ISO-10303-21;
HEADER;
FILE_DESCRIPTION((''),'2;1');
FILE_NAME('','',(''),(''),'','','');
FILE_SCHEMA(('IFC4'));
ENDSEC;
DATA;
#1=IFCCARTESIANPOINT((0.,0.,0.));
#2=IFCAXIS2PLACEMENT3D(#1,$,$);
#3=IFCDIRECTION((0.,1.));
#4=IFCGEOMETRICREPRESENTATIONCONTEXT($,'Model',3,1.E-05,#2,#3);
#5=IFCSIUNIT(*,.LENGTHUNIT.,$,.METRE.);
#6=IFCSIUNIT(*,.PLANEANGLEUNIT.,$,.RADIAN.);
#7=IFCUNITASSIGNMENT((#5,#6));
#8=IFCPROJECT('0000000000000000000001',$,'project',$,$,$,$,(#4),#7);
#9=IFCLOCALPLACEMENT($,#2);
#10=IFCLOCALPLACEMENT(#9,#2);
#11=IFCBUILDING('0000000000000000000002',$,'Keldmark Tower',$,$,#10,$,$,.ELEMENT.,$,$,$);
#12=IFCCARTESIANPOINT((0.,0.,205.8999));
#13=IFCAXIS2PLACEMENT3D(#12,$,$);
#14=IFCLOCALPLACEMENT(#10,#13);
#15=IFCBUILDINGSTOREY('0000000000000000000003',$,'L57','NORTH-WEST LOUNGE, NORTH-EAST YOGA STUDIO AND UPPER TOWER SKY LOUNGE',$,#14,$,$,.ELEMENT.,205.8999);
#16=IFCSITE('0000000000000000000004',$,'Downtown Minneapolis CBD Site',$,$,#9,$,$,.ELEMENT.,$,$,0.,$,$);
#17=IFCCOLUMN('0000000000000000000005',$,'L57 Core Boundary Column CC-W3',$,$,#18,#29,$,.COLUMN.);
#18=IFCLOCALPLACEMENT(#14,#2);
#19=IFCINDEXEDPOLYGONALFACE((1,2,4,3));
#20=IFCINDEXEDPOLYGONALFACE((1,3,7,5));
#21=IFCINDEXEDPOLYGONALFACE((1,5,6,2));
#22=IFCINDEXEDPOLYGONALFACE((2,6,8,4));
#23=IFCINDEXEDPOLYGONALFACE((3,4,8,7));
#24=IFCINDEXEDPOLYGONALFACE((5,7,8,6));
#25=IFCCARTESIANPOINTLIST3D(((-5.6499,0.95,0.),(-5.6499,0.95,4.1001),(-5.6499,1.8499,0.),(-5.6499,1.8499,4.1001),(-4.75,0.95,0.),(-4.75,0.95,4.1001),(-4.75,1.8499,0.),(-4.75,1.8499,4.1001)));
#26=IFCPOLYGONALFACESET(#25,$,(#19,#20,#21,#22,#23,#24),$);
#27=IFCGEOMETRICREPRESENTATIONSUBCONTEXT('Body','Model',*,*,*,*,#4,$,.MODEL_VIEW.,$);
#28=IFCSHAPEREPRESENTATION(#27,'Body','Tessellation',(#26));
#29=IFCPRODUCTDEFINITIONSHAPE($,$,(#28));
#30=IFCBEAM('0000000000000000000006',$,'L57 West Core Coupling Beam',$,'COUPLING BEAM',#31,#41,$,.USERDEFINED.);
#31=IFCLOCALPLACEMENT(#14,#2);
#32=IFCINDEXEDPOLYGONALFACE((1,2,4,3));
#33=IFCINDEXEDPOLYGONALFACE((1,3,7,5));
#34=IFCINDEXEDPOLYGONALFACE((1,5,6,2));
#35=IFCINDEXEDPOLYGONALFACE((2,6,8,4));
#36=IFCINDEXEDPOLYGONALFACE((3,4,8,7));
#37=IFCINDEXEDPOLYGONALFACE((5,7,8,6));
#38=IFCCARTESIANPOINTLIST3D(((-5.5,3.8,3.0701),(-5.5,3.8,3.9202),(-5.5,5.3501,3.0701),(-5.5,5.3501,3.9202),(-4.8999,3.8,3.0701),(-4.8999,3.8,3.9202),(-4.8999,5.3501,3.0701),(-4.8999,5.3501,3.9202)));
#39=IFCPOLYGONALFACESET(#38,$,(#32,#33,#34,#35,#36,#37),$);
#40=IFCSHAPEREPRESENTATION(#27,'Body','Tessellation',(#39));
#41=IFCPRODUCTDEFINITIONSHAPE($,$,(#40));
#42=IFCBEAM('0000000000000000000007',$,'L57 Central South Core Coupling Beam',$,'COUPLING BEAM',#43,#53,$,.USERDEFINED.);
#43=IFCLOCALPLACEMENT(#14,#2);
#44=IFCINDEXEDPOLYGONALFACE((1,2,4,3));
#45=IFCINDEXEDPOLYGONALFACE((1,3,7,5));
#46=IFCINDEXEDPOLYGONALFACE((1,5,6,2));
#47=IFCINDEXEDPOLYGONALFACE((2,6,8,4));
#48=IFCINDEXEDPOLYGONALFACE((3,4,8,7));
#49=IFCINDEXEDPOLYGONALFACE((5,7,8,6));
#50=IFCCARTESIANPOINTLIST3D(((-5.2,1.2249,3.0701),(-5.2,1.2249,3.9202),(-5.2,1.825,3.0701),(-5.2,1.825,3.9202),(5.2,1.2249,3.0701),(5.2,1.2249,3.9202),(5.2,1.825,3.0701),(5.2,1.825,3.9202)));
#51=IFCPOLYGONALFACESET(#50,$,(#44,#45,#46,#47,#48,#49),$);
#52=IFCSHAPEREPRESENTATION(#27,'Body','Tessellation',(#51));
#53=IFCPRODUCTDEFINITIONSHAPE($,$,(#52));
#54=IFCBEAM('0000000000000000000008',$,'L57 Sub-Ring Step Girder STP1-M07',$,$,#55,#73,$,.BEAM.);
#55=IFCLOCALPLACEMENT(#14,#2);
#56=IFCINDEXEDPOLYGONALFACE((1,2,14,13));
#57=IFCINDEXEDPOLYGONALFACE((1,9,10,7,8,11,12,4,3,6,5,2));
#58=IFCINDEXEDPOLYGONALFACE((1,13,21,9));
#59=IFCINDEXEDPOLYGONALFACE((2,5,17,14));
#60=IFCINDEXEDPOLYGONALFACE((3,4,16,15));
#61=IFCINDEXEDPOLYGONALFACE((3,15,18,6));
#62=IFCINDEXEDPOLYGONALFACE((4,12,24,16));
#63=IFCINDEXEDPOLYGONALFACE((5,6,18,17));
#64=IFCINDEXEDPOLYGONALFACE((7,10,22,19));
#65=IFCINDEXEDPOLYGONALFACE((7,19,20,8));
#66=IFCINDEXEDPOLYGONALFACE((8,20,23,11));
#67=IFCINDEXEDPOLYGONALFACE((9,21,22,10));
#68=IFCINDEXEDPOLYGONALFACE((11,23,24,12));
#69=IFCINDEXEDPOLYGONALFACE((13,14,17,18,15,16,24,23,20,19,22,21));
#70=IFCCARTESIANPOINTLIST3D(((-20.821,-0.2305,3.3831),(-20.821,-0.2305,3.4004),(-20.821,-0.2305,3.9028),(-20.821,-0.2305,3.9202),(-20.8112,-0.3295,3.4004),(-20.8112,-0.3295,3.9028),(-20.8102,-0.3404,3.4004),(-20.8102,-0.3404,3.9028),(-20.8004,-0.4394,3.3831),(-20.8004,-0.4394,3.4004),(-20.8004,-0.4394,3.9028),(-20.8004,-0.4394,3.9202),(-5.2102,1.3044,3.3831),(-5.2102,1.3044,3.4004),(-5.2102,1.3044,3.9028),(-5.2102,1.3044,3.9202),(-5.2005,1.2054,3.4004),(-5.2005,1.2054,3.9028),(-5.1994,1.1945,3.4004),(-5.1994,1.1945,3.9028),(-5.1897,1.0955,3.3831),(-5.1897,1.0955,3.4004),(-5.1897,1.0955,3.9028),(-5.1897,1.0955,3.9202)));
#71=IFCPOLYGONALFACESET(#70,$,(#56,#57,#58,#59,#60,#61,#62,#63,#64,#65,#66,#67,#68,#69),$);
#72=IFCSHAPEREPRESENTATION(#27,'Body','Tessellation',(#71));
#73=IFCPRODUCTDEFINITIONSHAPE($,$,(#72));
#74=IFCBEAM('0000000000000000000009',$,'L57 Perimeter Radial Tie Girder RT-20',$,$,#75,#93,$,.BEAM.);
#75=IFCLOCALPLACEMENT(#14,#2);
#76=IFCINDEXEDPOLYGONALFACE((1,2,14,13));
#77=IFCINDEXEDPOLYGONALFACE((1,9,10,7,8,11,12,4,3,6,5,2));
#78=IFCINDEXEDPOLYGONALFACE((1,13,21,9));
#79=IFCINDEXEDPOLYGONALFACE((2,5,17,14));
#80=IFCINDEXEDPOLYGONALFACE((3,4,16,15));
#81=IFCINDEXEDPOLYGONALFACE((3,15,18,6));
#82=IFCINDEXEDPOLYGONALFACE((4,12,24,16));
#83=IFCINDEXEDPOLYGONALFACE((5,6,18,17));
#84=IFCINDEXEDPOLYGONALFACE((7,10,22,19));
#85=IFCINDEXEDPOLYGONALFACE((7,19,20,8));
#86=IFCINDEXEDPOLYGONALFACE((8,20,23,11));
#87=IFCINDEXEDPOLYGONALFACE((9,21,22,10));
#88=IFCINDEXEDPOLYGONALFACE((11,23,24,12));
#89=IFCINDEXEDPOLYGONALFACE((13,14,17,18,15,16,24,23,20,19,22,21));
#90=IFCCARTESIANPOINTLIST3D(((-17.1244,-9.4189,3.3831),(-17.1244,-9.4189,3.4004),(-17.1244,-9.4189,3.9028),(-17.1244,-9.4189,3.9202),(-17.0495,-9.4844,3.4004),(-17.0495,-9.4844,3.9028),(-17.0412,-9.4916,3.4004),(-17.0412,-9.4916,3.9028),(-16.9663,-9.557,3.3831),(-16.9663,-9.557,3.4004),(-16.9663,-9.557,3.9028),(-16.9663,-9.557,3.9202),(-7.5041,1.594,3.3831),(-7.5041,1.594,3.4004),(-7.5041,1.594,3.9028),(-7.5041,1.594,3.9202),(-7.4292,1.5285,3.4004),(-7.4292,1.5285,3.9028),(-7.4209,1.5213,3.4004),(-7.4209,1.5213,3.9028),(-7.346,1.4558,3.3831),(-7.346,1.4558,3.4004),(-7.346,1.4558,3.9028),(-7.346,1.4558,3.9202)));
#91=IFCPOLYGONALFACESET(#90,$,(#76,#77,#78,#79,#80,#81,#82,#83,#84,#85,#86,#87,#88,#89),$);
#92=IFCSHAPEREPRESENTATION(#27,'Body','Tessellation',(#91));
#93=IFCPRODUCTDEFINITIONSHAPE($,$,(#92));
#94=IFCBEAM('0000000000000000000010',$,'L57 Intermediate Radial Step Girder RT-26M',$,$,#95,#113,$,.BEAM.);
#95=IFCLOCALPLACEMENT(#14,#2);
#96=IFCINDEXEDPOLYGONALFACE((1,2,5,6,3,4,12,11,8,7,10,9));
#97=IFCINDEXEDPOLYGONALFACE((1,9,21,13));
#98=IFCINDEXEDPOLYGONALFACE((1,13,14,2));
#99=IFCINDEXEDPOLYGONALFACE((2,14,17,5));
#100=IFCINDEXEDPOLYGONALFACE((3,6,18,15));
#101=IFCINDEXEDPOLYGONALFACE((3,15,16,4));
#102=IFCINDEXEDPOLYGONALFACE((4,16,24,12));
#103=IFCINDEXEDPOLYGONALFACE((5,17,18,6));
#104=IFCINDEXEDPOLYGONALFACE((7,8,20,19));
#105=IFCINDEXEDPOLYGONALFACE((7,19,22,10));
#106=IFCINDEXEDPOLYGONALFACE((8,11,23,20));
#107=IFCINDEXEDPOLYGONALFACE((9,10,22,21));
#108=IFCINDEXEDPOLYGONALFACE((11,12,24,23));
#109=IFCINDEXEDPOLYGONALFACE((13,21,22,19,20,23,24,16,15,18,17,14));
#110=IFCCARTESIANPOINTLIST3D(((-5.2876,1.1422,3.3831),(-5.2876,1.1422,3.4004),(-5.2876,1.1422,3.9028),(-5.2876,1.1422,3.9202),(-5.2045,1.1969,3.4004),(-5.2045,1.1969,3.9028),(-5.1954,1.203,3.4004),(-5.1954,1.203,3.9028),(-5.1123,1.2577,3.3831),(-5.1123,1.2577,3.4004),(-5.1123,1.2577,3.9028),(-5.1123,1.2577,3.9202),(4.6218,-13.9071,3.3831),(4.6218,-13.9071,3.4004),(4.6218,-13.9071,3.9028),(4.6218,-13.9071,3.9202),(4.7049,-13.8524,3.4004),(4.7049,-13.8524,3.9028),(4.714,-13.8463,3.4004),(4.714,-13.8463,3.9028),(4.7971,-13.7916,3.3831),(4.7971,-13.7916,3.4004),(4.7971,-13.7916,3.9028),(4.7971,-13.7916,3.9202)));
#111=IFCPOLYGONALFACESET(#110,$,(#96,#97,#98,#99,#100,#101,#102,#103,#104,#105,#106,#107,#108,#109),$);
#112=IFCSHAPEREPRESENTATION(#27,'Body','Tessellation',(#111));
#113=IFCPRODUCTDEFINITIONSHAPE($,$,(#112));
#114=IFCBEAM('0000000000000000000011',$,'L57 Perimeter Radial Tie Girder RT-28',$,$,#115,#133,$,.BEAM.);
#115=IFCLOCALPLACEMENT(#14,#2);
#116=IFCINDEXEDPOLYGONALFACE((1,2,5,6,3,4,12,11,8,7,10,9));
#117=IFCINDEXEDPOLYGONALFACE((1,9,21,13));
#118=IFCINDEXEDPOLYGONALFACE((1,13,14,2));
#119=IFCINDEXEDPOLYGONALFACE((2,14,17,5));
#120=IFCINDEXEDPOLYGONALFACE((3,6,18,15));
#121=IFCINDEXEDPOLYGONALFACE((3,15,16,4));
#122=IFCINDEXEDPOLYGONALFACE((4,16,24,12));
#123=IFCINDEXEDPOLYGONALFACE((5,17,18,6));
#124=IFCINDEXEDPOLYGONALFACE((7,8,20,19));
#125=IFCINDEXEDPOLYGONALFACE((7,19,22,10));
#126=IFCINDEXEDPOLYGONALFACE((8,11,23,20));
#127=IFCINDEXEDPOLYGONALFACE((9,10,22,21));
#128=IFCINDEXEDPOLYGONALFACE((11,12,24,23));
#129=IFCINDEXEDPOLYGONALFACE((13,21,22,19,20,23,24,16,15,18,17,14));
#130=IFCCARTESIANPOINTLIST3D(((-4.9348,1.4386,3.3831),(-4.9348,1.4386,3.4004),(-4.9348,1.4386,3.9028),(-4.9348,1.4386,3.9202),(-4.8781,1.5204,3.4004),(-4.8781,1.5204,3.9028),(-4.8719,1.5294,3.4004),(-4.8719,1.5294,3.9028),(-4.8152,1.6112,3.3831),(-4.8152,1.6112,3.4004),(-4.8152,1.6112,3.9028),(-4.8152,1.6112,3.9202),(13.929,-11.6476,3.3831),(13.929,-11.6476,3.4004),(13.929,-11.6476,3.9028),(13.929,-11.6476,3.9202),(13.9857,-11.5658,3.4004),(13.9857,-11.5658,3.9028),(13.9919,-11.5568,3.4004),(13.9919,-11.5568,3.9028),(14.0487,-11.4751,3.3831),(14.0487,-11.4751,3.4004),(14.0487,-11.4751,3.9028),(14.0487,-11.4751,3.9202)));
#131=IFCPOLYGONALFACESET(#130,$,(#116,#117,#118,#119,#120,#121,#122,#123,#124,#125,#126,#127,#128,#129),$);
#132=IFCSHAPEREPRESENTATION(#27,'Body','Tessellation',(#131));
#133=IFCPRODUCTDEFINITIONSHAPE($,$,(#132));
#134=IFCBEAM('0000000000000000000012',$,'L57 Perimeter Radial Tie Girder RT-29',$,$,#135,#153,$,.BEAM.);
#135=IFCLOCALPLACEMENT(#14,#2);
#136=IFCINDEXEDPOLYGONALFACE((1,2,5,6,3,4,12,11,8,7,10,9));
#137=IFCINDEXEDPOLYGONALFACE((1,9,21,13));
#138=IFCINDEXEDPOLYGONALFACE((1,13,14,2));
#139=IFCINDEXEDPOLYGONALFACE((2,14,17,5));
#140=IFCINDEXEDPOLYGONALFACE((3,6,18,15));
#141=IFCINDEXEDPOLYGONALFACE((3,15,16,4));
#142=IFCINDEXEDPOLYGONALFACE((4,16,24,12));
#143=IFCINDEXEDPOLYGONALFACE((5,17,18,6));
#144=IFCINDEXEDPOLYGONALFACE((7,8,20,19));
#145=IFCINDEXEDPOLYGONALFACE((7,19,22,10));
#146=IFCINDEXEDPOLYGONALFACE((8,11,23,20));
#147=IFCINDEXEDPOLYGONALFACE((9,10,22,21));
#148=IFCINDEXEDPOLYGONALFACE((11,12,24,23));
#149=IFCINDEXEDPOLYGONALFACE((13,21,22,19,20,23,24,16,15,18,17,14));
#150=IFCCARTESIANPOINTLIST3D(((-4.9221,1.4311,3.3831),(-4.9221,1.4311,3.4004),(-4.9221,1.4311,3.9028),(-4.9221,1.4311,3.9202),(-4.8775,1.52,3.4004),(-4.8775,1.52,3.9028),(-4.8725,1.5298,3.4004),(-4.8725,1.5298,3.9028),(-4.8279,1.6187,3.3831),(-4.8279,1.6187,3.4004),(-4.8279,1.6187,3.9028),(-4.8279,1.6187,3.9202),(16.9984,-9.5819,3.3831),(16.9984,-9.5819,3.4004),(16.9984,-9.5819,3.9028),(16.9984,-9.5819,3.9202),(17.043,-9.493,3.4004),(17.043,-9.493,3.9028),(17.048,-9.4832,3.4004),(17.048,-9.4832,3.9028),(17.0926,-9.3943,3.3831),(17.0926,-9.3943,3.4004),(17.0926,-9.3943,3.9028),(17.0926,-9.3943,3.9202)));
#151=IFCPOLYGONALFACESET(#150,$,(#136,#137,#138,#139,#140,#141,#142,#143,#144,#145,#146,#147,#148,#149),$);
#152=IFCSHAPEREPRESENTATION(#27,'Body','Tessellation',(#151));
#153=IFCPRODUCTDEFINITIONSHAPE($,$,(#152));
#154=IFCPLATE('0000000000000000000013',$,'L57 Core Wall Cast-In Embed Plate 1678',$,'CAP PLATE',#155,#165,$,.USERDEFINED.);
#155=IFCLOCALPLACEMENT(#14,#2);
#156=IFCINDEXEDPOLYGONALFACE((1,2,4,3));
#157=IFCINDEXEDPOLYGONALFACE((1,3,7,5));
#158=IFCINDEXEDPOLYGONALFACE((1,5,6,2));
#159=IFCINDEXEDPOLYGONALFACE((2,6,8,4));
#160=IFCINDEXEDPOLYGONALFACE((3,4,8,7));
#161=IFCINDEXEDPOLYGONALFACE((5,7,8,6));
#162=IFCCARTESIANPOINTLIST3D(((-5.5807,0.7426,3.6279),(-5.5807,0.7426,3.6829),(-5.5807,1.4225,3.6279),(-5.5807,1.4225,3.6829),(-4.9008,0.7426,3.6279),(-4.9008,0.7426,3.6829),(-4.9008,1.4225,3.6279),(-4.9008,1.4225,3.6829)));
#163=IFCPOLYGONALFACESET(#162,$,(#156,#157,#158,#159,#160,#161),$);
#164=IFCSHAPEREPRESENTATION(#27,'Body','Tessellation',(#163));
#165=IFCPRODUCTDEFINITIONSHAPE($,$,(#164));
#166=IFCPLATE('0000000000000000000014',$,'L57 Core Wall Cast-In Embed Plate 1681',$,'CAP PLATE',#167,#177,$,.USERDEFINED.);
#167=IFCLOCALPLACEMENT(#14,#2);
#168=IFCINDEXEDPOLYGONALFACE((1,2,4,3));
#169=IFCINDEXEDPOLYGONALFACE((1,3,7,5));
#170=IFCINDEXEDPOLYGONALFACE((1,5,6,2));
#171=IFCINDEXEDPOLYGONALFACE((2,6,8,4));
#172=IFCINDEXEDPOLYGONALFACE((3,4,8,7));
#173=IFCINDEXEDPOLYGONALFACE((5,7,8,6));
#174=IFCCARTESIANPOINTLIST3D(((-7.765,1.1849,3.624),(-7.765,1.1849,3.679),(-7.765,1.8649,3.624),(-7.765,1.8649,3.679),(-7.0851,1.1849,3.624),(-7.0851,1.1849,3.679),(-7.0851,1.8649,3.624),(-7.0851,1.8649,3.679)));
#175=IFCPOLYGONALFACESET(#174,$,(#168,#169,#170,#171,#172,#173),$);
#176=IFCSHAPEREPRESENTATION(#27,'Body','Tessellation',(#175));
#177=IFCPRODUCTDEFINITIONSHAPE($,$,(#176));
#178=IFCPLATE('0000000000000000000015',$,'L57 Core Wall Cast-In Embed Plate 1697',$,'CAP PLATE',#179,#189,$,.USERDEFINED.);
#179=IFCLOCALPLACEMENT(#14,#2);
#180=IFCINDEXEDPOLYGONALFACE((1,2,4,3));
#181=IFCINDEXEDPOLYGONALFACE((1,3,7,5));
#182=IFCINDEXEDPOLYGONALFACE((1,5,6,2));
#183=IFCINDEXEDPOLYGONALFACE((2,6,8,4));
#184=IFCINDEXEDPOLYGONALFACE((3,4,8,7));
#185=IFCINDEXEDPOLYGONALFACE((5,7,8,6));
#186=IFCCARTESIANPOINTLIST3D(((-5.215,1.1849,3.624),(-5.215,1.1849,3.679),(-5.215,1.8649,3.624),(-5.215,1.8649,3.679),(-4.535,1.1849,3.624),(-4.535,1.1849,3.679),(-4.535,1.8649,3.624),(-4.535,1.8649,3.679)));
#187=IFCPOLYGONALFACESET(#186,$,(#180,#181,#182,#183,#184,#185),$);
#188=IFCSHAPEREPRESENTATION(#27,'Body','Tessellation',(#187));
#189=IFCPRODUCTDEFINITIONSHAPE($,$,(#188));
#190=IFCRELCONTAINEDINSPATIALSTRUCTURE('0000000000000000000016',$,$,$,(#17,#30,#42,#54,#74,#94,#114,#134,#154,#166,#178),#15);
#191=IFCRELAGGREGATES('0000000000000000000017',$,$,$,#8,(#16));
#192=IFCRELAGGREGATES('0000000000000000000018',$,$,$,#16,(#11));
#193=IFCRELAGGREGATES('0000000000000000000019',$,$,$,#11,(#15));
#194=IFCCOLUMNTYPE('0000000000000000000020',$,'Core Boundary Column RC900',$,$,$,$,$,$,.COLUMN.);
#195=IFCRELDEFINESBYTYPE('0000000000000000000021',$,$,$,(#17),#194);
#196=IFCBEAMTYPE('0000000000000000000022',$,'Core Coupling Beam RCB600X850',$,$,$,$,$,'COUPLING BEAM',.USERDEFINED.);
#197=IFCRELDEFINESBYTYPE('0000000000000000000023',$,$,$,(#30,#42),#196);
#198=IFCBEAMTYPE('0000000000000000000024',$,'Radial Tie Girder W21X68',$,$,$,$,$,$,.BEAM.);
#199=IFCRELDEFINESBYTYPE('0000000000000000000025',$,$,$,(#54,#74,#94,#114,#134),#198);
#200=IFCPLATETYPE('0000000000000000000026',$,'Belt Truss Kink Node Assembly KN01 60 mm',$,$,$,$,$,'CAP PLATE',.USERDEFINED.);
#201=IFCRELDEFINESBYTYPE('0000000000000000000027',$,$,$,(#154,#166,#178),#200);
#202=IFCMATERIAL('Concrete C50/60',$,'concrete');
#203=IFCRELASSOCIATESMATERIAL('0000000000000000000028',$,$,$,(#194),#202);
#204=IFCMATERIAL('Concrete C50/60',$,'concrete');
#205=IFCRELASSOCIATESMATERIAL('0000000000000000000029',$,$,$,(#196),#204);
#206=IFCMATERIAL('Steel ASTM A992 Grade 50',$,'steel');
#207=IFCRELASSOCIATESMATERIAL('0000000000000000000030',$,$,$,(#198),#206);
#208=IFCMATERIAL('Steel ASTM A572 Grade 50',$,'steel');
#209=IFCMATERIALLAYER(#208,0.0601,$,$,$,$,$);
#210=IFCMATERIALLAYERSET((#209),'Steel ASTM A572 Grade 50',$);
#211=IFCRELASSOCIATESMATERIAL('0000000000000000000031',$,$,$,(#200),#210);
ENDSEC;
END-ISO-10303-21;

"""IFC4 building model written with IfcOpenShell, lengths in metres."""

from ifc_helpers import new_model, si_unit, direction, frame, origin, origin_2d, place, context, subcontext, project, spatial, rectangle, i_section, extrude, material, layer, layer_set, material_profile, profile_set, type_object, element, save


model = new_model("IFC4")

# Units and contexts
model_context = context("Model", 3, precision=1e-05, world=origin(), true_north=direction((0.0, 1.0)))
body_context = subcontext(model_context, "Body", "Model", "MODEL_VIEW")
ifc_project = project(units=[si_unit("LENGTHUNIT", "METRE"), si_unit("PLANEANGLEUNIT", "RADIAN")], contexts=[model_context])

# Site, building, storey
site_placement = place(None, origin())
site = spatial("IfcSite", under=ifc_project, at=site_placement, Name="Downtown Minneapolis CBD Site", CompositionType="ELEMENT", RefElevation=0.0)
building_placement = place(site_placement, origin())
building = spatial("IfcBuilding", under=site, at=building_placement, Name="Keldmark Tower", CompositionType="ELEMENT")
storey_placement = place(building_placement, frame((0.0, 0.0, 205.8999)))
storey = spatial("IfcBuildingStorey", under=building, at=storey_placement, Name="L57", Description="NORTH-WEST LOUNGE, NORTH-EAST YOGA STUDIO AND UPPER TOWER SKY LOUNGE", CompositionType="ELEMENT", Elevation=205.8999)

# Column
ifc_material_1 = material(Name="Concrete C50/60", Category="concrete")
ifc_material_profile_1 = material_profile(ifc_material_1, rectangle(XDim=0.8999, YDim=0.8999, at=origin_2d()), Name="RC900X900")
ifc_profile_set_1 = profile_set([ifc_material_profile_1], Name="Concrete C50/60")
column_type = type_object("IfcColumnType", Name="Core Boundary Column RC900", PredefinedType="COLUMN", material=ifc_profile_set_1)
column_placement = place(storey_placement, frame((-5.2, 1.3999, 0.0), z_axis=(0.0, 0.0, 1.0), x_axis=(1.0, 0.0, 0.0)))
element("IfcColumn", 1, at=column_placement, inside=storey, type_object=column_type, Name="L57 Core Boundary Column CC-W3", PredefinedType="COLUMN", context=body_context, shape_type="SweptSolid", body=[
    extrude(rectangle(XDim=0.8999, YDim=0.8999, at=origin_2d()), origin(), (0.0, 0.0, 1.0), 4.1001),
])

# Beams
ifc_material_2 = material(Name="Concrete C50/60", Category="concrete")
ifc_material_profile_2 = material_profile(ifc_material_2, rectangle(XDim=0.6001, YDim=0.8501, at=origin_2d()), Name="RCB600X850")
ifc_profile_set_2 = profile_set([ifc_material_profile_2], Name="Concrete C50/60")
beam_type_1 = type_object("IfcBeamType", Name="Core Coupling Beam RCB600X850", ElementType="COUPLING BEAM", PredefinedType="USERDEFINED", material=ifc_profile_set_2)
beam_1_placement = place(storey_placement, frame((-5.2, 3.8, 3.4951), z_axis=(0.0, 1.0, 0.0), x_axis=(-1.0, 0.0, 0.0)))
element("IfcBeam", 2, at=beam_1_placement, inside=storey, type_object=beam_type_1, Name="L57 West Core Coupling Beam", ObjectType="COUPLING BEAM", PredefinedType="USERDEFINED", context=body_context, shape_type="SweptSolid", body=[
    extrude(rectangle(XDim=0.6001, YDim=0.8501, at=origin_2d()), origin(), (0.0, 0.0, 1.0), 1.55),
])
beam_2_placement = place(storey_placement, frame((-5.2, 1.5249, 3.4951), z_axis=(1.0, 0.0, 0.0), x_axis=(0.0, 1.0, 0.0)))
element("IfcBeam", 3, at=beam_2_placement, inside=storey, type_object=beam_type_1, Name="L57 Central South Core Coupling Beam", ObjectType="COUPLING BEAM", PredefinedType="USERDEFINED", context=body_context, shape_type="SweptSolid", body=[
    extrude(rectangle(XDim=0.6001, YDim=0.8501, at=origin_2d()), origin(), (0.0, 0.0, 1.0), 10.3999),
])
ifc_material_3 = material(Name="Steel ASTM A992 Grade 50", Category="steel")
ifc_material_profile_3 = material_profile(ifc_material_3, i_section(OverallWidth=0.21, OverallDepth=0.5371, WebThickness=0.011, FlangeThickness=0.0173, at=origin_2d()), Name="W21X68")
ifc_profile_set_3 = profile_set([ifc_material_profile_3], Name="Steel ASTM A992 Grade 50")
beam_type_2 = type_object("IfcBeamType", Name="Radial Tie Girder W21X68", PredefinedType="BEAM", material=ifc_profile_set_3)
beam_3_placement = place(storey_placement, frame((-5.2, 1.2, 3.6516), z_axis=(-0.995201, -0.097852, 0.0), x_axis=(0.097852, -0.995201, 0.0)))
element("IfcBeam", 4, at=beam_3_placement, inside=storey, type_object=beam_type_2, Name="L57 Sub-Ring Step Girder STP1-M07", PredefinedType="BEAM", context=body_context, shape_type="SweptSolid", body=[
    extrude(i_section(OverallWidth=0.21, OverallDepth=0.5371, WebThickness=0.011, FlangeThickness=0.0173, at=origin_2d()), origin(), (0.0, 0.0, 1.0), 15.686),
])
beam_4_placement = place(storey_placement, frame((-7.425, 1.5249, 3.6516), z_axis=(-0.657886, -0.753117, 0.0), x_axis=(0.753117, -0.657886, 0.0)))
element("IfcBeam", 5, at=beam_4_placement, inside=storey, type_object=beam_type_2, Name="L57 Perimeter Radial Tie Girder RT-20", PredefinedType="BEAM", context=body_context, shape_type="SweptSolid", body=[
    extrude(i_section(OverallWidth=0.21, OverallDepth=0.5371, WebThickness=0.011, FlangeThickness=0.0173, at=origin_2d()), origin(), (0.0, 0.0, 1.0), 14.623),
])
beam_5_placement = place(storey_placement, frame((-5.2, 1.2, 3.6516), z_axis=(0.549948, -0.835199, 0.0), x_axis=(0.835199, 0.549948, 0.0)))
element("IfcBeam", 6, at=beam_5_placement, inside=storey, type_object=beam_type_2, Name="L57 Intermediate Radial Step Girder RT-26M", PredefinedType="BEAM", context=body_context, shape_type="SweptSolid", body=[
    extrude(i_section(OverallWidth=0.21, OverallDepth=0.5371, WebThickness=0.011, FlangeThickness=0.0173, at=origin_2d()), origin(), (0.0, 0.0, 1.0), 18.0188),
])
beam_6_placement = place(storey_placement, frame((-4.875, 1.5249, 3.6516), z_axis=(0.821649, -0.569994, 0.0), x_axis=(0.569994, 0.821649, 0.0)))
element("IfcBeam", 7, at=beam_6_placement, inside=storey, type_object=beam_type_2, Name="L57 Perimeter Radial Tie Girder RT-28", PredefinedType="BEAM", context=body_context, shape_type="SweptSolid", body=[
    extrude(i_section(OverallWidth=0.21, OverallDepth=0.5371, WebThickness=0.011, FlangeThickness=0.0173, at=origin_2d()), origin(), (0.0, 0.0, 1.0), 22.9585),
])
beam_7_placement = place(storey_placement, frame((-4.875, 1.5249, 3.6516), z_axis=(0.893566, -0.448933, 0.0), x_axis=(0.448933, 0.893566, 0.0)))
element("IfcBeam", 8, at=beam_7_placement, inside=storey, type_object=beam_type_2, Name="L57 Perimeter Radial Tie Girder RT-29", PredefinedType="BEAM", context=body_context, shape_type="SweptSolid", body=[
    extrude(i_section(OverallWidth=0.21, OverallDepth=0.5371, WebThickness=0.011, FlangeThickness=0.0173, at=origin_2d()), origin(), (0.0, 0.0, 1.0), 24.5315),
])

# Plates
ifc_material_4 = material(Name="Steel ASTM A572 Grade 50", Category="steel")
ifc_layer_1 = layer(ifc_material_4, 0.0601)
ifc_layer_set_1 = layer_set([ifc_layer_1], Name="Steel ASTM A572 Grade 50")
plate_type = type_object("IfcPlateType", Name="Belt Truss Kink Node Assembly KN01 60 mm", ElementType="CAP PLATE", PredefinedType="USERDEFINED", material=ifc_layer_set_1)
for number, where, z_axis, x_axis, name in (
    (9, (-5.2407, 1.0825, 3.6279), (0.0, 0.0, 1.0), (1.0, 0.0, 0.0), "L57 Core Wall Cast-In Embed Plate 1678"),
    (10, (-7.425, 1.5249, 3.624), (0.0, 0.0, 1.0), (1.0, 0.0, 0.0), "L57 Core Wall Cast-In Embed Plate 1681"),
    (11, (-4.875, 1.5249, 3.624), (0.0, 0.0, 1.0), (1.0, 0.0, 0.0), "L57 Core Wall Cast-In Embed Plate 1697"),
):
    element("IfcPlate", number, at=place(storey_placement, frame(where, z_axis=z_axis, x_axis=x_axis)), inside=storey, type_object=plate_type, Name=name, ObjectType="CAP PLATE", PredefinedType="USERDEFINED", context=body_context, shape_type="SweptSolid", body=[
        extrude(rectangle(XDim=0.6799, YDim=0.6799, at=origin_2d()), origin(), (0.0, 0.0, 1.0), 0.0549),
    ])

save(model, "model.ifc")
